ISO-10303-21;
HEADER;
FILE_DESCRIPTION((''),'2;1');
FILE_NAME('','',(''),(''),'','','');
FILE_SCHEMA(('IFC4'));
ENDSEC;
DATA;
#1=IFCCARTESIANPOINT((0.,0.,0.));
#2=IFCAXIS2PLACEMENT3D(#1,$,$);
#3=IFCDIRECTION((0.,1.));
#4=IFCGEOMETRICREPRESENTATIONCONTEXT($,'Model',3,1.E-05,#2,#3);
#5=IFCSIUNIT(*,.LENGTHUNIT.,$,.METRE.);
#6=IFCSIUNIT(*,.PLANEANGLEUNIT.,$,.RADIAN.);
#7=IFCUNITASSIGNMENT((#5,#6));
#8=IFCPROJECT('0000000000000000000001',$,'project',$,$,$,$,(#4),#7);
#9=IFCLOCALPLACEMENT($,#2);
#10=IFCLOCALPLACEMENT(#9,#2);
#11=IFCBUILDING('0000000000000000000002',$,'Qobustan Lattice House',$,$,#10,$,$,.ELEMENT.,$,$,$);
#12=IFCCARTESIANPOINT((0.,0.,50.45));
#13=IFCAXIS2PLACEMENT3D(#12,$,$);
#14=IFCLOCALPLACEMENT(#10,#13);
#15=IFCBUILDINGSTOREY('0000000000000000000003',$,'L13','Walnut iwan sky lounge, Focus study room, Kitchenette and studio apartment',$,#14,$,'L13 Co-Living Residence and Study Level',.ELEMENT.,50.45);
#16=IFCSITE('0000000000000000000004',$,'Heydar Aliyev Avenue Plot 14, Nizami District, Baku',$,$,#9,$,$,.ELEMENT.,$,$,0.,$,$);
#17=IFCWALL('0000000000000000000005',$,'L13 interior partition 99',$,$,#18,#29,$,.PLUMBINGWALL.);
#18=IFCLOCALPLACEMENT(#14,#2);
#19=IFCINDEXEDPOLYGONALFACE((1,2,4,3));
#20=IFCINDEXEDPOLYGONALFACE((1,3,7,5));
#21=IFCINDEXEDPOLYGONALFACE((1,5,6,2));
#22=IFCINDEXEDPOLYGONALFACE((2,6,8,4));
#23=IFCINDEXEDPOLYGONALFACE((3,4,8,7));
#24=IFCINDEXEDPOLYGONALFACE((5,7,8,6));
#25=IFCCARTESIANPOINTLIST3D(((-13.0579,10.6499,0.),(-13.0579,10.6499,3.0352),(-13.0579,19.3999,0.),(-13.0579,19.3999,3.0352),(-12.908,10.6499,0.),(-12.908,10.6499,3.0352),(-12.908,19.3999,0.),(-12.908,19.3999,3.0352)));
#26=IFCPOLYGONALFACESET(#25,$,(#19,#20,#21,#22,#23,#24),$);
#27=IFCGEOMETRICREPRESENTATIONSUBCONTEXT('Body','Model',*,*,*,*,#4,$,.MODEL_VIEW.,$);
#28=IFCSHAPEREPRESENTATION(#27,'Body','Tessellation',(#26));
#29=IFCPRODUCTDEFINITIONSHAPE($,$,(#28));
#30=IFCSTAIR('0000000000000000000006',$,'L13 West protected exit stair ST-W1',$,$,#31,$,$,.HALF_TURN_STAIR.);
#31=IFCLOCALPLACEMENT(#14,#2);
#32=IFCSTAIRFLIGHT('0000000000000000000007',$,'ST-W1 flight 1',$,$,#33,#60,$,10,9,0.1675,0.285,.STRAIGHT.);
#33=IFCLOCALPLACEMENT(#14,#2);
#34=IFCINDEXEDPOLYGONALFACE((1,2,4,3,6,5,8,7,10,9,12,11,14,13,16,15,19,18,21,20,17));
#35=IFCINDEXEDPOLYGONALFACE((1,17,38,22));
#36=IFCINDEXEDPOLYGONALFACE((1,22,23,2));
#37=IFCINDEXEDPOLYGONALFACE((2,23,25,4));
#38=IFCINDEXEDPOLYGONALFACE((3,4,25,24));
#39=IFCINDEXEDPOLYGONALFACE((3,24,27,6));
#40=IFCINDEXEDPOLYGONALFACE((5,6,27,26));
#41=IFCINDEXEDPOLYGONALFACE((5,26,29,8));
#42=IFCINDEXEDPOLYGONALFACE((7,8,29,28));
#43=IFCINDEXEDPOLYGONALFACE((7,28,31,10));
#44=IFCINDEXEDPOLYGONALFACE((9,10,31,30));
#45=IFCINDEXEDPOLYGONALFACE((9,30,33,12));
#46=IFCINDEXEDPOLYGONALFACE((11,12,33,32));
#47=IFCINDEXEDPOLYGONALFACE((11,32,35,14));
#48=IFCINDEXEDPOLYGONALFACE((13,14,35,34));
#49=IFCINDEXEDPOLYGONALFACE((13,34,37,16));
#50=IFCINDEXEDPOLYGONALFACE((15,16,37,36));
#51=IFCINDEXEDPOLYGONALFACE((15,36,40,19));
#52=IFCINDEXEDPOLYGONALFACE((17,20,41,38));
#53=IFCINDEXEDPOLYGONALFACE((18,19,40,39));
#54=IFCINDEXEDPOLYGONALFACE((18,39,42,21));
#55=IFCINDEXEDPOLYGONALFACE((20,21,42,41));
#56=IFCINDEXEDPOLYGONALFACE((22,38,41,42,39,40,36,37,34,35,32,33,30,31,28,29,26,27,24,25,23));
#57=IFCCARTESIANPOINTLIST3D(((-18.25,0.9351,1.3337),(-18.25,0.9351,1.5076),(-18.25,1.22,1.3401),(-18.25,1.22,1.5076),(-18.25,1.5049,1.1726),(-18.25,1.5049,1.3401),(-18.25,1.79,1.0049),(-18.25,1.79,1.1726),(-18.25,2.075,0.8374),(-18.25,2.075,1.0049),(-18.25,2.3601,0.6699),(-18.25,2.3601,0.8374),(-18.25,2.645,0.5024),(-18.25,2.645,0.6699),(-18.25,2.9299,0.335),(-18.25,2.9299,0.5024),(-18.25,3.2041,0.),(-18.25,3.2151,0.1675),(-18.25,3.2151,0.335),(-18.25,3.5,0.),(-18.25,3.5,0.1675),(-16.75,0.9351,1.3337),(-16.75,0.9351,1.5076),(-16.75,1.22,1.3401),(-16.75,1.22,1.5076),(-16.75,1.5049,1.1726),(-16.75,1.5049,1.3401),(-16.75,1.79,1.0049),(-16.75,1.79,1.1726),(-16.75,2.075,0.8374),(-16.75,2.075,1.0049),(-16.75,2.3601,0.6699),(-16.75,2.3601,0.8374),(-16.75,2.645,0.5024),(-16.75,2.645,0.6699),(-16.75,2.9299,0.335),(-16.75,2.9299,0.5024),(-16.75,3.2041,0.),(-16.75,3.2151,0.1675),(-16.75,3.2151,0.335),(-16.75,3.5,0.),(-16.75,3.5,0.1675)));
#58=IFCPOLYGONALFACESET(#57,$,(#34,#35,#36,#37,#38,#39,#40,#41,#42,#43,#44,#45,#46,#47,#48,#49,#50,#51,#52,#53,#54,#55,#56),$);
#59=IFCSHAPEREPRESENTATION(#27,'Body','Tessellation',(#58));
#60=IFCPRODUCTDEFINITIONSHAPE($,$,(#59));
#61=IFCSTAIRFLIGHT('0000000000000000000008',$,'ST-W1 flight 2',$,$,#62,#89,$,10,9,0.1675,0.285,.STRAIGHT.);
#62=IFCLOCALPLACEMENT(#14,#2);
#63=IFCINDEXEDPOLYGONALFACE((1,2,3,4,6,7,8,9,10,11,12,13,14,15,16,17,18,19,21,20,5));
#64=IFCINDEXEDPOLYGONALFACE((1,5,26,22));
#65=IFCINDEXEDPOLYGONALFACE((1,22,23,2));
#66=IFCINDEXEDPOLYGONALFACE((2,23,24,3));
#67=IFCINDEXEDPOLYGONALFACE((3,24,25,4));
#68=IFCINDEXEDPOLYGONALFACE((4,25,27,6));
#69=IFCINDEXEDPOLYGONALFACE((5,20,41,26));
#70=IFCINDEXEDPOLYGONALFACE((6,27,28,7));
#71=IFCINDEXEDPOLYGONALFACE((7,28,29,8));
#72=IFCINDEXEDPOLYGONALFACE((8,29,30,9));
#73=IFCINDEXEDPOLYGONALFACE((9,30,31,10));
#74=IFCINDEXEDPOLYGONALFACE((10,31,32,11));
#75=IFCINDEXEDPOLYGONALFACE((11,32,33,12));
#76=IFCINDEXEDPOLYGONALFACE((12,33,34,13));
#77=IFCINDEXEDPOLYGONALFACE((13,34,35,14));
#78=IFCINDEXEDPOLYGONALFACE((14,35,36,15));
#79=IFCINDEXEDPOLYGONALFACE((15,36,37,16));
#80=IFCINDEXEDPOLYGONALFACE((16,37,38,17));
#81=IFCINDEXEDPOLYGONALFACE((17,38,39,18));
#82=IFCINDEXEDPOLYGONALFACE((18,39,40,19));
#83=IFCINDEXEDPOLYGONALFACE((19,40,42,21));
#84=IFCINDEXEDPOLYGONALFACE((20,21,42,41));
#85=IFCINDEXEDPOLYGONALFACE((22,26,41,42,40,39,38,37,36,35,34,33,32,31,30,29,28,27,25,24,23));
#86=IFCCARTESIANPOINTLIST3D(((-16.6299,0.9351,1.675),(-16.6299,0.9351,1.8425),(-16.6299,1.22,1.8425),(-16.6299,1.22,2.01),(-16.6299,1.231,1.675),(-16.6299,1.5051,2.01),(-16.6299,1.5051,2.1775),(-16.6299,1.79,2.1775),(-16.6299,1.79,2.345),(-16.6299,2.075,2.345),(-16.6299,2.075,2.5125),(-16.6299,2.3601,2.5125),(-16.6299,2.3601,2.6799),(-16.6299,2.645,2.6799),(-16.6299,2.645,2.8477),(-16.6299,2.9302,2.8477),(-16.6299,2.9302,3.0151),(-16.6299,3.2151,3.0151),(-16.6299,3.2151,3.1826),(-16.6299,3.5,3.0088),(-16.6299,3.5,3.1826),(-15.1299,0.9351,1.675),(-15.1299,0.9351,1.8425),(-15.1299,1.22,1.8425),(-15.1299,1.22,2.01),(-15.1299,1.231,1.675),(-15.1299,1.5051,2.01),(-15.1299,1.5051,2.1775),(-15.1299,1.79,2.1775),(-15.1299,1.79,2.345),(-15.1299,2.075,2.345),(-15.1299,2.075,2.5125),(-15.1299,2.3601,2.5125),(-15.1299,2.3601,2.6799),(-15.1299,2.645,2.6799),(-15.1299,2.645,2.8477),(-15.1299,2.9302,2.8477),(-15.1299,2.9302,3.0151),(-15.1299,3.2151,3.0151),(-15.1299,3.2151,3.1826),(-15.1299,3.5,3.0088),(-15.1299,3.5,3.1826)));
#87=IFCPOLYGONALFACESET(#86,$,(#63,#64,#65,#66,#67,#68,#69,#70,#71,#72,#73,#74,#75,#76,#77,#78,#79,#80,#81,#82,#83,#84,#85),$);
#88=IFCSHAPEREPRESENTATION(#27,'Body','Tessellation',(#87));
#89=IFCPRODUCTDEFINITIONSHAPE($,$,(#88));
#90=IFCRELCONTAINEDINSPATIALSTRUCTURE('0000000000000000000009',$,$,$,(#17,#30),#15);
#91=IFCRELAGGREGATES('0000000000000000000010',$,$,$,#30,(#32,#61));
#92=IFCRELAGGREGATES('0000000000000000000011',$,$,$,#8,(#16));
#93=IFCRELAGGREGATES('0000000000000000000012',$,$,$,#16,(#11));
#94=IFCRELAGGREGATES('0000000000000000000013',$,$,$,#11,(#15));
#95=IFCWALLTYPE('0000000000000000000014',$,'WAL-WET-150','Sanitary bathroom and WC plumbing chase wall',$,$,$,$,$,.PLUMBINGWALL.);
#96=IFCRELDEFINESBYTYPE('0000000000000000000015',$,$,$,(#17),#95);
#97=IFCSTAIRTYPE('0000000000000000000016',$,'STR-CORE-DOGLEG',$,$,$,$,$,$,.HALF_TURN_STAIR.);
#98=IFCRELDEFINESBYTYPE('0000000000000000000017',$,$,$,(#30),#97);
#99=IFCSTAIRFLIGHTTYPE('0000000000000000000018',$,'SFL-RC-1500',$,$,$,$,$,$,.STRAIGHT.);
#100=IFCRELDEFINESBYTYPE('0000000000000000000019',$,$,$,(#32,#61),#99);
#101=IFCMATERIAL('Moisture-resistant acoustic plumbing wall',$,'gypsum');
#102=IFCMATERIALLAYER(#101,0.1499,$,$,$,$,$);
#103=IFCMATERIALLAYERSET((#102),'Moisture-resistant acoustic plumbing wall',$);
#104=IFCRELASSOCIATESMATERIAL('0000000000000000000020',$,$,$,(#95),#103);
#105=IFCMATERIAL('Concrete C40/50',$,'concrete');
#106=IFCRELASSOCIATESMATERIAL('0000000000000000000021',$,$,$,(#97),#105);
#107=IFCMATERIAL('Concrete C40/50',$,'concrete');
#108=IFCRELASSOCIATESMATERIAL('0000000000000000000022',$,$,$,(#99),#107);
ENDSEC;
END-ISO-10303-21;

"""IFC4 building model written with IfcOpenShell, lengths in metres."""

from ifc_helpers import new_model, si_unit, direction, frame, frame_2d, origin, place, context, subcontext, project, spatial, polyline, rectangle, outline, extrude, material, layer, layer_set, type_object, element, aggregate, save


model = new_model("IFC4")

# Units and contexts
model_context = context("Model", 3, precision=1e-05, world=origin(), true_north=direction((0.0, 1.0)))
body_context = subcontext(model_context, "Body", "Model", "MODEL_VIEW")
ifc_project = project(units=[si_unit("LENGTHUNIT", "METRE"), si_unit("PLANEANGLEUNIT", "RADIAN")], contexts=[model_context])

# Site, building, storey
site_placement = place(None, origin())
site = spatial("IfcSite", under=ifc_project, at=site_placement, Name="Heydar Aliyev Avenue Plot 14, Nizami District, Baku", CompositionType="ELEMENT", RefElevation=0.0)
building_placement = place(site_placement, origin())
building = spatial("IfcBuilding", under=site, at=building_placement, Name="Qobustan Lattice House", CompositionType="ELEMENT")
storey_placement = place(building_placement, frame((0.0, 0.0, 50.45)))
storey = spatial("IfcBuildingStorey", under=building, at=storey_placement, Name="L13", Description="Walnut iwan sky lounge, Focus study room, Kitchenette and studio apartment", LongName="L13 Co-Living Residence and Study Level", CompositionType="ELEMENT", Elevation=50.45)

# Shared definitions
ifc_material_1 = material(Name="Moisture-resistant acoustic plumbing wall", Category="gypsum")
ifc_layer_1 = layer(ifc_material_1, 0.1499)
ifc_layer_set_1 = layer_set([ifc_layer_1], Name="Moisture-resistant acoustic plumbing wall")
wall_type_1 = type_object("IfcWallType", Name="WAL-WET-150", Description="Sanitary bathroom and WC plumbing chase wall", PredefinedType="PLUMBINGWALL", material=ifc_layer_set_1)

# Wall
for number, where, z_axis, x_axis, name in (
    (1, (-12.9829, 19.3999, 0.0), (0.0, 0.0, 1.0), (0.0, -1.0, 0.0), "L13 interior partition 99"),
):
    element("IfcWall", number, at=place(storey_placement, frame(where, z_axis=z_axis, x_axis=x_axis)), inside=storey, type_object=wall_type_1, Name=name, PredefinedType="PLUMBINGWALL", context=body_context, shape_type="SweptSolid", body=[
        extrude(rectangle(XDim=8.75, YDim=0.1499, at=frame_2d((4.375, 0.0))), origin(), (0.0, 0.0, 1.0), 3.0352),
    ])

# Stair, stair flights
ifc_material_2 = material(Name="Concrete C40/50", Category="concrete")
stair_type = type_object("IfcStairType", Name="STR-CORE-DOGLEG", PredefinedType="HALF_TURN_STAIR", material=ifc_material_2)
stair_placement = place(storey_placement, origin())
stair = element("IfcStair", 2, at=stair_placement, inside=storey, type_object=stair_type, Name="L13 West protected exit stair ST-W1", PredefinedType="HALF_TURN_STAIR")
ifc_material_3 = material(Name="Concrete C40/50", Category="concrete")
stair_flight_type = type_object("IfcStairFlightType", Name="SFL-RC-1500", PredefinedType="STRAIGHT", material=ifc_material_3)
stair_flight_1_placement = place(storey_placement, frame((-17.5, 3.5, 0.0), z_axis=(0.0, 0.0, 1.0), x_axis=(0.0, -1.0, 0.0)))
stair_flight_1 = element("IfcStairFlight", 3, at=stair_flight_1_placement, type_object=stair_flight_type, Name="ST-W1 flight 1", NumberOfRisers=10, NumberOfTreads=9, PredefinedType="STRAIGHT", RiserHeight=0.1675, TreadLength=0.285, context=body_context, shape_type="SweptSolid", body=[
    extrude(outline(polyline([(0.0, 0.0), (0.0, 0.1675), (0.2849, 0.1675), (0.2849, 0.335), (0.5701, 0.335), (0.5701, 0.5024), (0.855, 0.5024), (0.855, 0.6699), (1.1399, 0.6699), (1.1399, 0.8374), (1.425, 0.8374), (1.425, 1.0049), (1.71, 1.0049), (1.71, 1.1726), (1.9951, 1.1726), (1.9951, 1.3401), (2.28, 1.3401), (2.28, 1.5076), (2.5649, 1.5076), (2.5649, 1.675), (2.5649, 1.3337), (0.2959, 0.0), (0.0, 0.0)])), frame((0.0, 0.75, 0.0), z_axis=(0.0, -1.0, 0.0), x_axis=(1.0, 0.0, 0.0)), (0.0, 0.0, 1.0), 1.5),
])
stair_flight_2_placement = place(storey_placement, frame((-15.8799, 0.9351, 1.675), z_axis=(0.0, 0.0, 1.0), x_axis=(0.0, 1.0, 0.0)))
stair_flight_2 = element("IfcStairFlight", 4, at=stair_flight_2_placement, type_object=stair_flight_type, Name="ST-W1 flight 2", NumberOfRisers=10, NumberOfTreads=9, PredefinedType="STRAIGHT", RiserHeight=0.1675, TreadLength=0.285, context=body_context, shape_type="SweptSolid", body=[
    extrude(outline(polyline([(0.0, 0.0), (0.0, 0.1675), (0.2849, 0.1675), (0.2849, 0.335), (0.5701, 0.335), (0.5701, 0.5024), (0.855, 0.5024), (0.855, 0.6699), (1.1399, 0.6699), (1.1399, 0.8374), (1.425, 0.8374), (1.425, 1.0049), (1.71, 1.0049), (1.71, 1.1726), (1.9951, 1.1726), (1.9951, 1.3401), (2.28, 1.3401), (2.28, 1.5076), (2.5649, 1.5076), (2.5649, 1.675), (2.5649, 1.3337), (0.2959, 0.0), (0.0, 0.0)])), frame((0.0, 0.75, 0.0), z_axis=(0.0, -1.0, 0.0), x_axis=(1.0, 0.0, 0.0)), (0.0, 0.0, 1.0), 1.5),
])
aggregate(stair, [stair_flight_1, stair_flight_2])

save(model, "model.ifc")
